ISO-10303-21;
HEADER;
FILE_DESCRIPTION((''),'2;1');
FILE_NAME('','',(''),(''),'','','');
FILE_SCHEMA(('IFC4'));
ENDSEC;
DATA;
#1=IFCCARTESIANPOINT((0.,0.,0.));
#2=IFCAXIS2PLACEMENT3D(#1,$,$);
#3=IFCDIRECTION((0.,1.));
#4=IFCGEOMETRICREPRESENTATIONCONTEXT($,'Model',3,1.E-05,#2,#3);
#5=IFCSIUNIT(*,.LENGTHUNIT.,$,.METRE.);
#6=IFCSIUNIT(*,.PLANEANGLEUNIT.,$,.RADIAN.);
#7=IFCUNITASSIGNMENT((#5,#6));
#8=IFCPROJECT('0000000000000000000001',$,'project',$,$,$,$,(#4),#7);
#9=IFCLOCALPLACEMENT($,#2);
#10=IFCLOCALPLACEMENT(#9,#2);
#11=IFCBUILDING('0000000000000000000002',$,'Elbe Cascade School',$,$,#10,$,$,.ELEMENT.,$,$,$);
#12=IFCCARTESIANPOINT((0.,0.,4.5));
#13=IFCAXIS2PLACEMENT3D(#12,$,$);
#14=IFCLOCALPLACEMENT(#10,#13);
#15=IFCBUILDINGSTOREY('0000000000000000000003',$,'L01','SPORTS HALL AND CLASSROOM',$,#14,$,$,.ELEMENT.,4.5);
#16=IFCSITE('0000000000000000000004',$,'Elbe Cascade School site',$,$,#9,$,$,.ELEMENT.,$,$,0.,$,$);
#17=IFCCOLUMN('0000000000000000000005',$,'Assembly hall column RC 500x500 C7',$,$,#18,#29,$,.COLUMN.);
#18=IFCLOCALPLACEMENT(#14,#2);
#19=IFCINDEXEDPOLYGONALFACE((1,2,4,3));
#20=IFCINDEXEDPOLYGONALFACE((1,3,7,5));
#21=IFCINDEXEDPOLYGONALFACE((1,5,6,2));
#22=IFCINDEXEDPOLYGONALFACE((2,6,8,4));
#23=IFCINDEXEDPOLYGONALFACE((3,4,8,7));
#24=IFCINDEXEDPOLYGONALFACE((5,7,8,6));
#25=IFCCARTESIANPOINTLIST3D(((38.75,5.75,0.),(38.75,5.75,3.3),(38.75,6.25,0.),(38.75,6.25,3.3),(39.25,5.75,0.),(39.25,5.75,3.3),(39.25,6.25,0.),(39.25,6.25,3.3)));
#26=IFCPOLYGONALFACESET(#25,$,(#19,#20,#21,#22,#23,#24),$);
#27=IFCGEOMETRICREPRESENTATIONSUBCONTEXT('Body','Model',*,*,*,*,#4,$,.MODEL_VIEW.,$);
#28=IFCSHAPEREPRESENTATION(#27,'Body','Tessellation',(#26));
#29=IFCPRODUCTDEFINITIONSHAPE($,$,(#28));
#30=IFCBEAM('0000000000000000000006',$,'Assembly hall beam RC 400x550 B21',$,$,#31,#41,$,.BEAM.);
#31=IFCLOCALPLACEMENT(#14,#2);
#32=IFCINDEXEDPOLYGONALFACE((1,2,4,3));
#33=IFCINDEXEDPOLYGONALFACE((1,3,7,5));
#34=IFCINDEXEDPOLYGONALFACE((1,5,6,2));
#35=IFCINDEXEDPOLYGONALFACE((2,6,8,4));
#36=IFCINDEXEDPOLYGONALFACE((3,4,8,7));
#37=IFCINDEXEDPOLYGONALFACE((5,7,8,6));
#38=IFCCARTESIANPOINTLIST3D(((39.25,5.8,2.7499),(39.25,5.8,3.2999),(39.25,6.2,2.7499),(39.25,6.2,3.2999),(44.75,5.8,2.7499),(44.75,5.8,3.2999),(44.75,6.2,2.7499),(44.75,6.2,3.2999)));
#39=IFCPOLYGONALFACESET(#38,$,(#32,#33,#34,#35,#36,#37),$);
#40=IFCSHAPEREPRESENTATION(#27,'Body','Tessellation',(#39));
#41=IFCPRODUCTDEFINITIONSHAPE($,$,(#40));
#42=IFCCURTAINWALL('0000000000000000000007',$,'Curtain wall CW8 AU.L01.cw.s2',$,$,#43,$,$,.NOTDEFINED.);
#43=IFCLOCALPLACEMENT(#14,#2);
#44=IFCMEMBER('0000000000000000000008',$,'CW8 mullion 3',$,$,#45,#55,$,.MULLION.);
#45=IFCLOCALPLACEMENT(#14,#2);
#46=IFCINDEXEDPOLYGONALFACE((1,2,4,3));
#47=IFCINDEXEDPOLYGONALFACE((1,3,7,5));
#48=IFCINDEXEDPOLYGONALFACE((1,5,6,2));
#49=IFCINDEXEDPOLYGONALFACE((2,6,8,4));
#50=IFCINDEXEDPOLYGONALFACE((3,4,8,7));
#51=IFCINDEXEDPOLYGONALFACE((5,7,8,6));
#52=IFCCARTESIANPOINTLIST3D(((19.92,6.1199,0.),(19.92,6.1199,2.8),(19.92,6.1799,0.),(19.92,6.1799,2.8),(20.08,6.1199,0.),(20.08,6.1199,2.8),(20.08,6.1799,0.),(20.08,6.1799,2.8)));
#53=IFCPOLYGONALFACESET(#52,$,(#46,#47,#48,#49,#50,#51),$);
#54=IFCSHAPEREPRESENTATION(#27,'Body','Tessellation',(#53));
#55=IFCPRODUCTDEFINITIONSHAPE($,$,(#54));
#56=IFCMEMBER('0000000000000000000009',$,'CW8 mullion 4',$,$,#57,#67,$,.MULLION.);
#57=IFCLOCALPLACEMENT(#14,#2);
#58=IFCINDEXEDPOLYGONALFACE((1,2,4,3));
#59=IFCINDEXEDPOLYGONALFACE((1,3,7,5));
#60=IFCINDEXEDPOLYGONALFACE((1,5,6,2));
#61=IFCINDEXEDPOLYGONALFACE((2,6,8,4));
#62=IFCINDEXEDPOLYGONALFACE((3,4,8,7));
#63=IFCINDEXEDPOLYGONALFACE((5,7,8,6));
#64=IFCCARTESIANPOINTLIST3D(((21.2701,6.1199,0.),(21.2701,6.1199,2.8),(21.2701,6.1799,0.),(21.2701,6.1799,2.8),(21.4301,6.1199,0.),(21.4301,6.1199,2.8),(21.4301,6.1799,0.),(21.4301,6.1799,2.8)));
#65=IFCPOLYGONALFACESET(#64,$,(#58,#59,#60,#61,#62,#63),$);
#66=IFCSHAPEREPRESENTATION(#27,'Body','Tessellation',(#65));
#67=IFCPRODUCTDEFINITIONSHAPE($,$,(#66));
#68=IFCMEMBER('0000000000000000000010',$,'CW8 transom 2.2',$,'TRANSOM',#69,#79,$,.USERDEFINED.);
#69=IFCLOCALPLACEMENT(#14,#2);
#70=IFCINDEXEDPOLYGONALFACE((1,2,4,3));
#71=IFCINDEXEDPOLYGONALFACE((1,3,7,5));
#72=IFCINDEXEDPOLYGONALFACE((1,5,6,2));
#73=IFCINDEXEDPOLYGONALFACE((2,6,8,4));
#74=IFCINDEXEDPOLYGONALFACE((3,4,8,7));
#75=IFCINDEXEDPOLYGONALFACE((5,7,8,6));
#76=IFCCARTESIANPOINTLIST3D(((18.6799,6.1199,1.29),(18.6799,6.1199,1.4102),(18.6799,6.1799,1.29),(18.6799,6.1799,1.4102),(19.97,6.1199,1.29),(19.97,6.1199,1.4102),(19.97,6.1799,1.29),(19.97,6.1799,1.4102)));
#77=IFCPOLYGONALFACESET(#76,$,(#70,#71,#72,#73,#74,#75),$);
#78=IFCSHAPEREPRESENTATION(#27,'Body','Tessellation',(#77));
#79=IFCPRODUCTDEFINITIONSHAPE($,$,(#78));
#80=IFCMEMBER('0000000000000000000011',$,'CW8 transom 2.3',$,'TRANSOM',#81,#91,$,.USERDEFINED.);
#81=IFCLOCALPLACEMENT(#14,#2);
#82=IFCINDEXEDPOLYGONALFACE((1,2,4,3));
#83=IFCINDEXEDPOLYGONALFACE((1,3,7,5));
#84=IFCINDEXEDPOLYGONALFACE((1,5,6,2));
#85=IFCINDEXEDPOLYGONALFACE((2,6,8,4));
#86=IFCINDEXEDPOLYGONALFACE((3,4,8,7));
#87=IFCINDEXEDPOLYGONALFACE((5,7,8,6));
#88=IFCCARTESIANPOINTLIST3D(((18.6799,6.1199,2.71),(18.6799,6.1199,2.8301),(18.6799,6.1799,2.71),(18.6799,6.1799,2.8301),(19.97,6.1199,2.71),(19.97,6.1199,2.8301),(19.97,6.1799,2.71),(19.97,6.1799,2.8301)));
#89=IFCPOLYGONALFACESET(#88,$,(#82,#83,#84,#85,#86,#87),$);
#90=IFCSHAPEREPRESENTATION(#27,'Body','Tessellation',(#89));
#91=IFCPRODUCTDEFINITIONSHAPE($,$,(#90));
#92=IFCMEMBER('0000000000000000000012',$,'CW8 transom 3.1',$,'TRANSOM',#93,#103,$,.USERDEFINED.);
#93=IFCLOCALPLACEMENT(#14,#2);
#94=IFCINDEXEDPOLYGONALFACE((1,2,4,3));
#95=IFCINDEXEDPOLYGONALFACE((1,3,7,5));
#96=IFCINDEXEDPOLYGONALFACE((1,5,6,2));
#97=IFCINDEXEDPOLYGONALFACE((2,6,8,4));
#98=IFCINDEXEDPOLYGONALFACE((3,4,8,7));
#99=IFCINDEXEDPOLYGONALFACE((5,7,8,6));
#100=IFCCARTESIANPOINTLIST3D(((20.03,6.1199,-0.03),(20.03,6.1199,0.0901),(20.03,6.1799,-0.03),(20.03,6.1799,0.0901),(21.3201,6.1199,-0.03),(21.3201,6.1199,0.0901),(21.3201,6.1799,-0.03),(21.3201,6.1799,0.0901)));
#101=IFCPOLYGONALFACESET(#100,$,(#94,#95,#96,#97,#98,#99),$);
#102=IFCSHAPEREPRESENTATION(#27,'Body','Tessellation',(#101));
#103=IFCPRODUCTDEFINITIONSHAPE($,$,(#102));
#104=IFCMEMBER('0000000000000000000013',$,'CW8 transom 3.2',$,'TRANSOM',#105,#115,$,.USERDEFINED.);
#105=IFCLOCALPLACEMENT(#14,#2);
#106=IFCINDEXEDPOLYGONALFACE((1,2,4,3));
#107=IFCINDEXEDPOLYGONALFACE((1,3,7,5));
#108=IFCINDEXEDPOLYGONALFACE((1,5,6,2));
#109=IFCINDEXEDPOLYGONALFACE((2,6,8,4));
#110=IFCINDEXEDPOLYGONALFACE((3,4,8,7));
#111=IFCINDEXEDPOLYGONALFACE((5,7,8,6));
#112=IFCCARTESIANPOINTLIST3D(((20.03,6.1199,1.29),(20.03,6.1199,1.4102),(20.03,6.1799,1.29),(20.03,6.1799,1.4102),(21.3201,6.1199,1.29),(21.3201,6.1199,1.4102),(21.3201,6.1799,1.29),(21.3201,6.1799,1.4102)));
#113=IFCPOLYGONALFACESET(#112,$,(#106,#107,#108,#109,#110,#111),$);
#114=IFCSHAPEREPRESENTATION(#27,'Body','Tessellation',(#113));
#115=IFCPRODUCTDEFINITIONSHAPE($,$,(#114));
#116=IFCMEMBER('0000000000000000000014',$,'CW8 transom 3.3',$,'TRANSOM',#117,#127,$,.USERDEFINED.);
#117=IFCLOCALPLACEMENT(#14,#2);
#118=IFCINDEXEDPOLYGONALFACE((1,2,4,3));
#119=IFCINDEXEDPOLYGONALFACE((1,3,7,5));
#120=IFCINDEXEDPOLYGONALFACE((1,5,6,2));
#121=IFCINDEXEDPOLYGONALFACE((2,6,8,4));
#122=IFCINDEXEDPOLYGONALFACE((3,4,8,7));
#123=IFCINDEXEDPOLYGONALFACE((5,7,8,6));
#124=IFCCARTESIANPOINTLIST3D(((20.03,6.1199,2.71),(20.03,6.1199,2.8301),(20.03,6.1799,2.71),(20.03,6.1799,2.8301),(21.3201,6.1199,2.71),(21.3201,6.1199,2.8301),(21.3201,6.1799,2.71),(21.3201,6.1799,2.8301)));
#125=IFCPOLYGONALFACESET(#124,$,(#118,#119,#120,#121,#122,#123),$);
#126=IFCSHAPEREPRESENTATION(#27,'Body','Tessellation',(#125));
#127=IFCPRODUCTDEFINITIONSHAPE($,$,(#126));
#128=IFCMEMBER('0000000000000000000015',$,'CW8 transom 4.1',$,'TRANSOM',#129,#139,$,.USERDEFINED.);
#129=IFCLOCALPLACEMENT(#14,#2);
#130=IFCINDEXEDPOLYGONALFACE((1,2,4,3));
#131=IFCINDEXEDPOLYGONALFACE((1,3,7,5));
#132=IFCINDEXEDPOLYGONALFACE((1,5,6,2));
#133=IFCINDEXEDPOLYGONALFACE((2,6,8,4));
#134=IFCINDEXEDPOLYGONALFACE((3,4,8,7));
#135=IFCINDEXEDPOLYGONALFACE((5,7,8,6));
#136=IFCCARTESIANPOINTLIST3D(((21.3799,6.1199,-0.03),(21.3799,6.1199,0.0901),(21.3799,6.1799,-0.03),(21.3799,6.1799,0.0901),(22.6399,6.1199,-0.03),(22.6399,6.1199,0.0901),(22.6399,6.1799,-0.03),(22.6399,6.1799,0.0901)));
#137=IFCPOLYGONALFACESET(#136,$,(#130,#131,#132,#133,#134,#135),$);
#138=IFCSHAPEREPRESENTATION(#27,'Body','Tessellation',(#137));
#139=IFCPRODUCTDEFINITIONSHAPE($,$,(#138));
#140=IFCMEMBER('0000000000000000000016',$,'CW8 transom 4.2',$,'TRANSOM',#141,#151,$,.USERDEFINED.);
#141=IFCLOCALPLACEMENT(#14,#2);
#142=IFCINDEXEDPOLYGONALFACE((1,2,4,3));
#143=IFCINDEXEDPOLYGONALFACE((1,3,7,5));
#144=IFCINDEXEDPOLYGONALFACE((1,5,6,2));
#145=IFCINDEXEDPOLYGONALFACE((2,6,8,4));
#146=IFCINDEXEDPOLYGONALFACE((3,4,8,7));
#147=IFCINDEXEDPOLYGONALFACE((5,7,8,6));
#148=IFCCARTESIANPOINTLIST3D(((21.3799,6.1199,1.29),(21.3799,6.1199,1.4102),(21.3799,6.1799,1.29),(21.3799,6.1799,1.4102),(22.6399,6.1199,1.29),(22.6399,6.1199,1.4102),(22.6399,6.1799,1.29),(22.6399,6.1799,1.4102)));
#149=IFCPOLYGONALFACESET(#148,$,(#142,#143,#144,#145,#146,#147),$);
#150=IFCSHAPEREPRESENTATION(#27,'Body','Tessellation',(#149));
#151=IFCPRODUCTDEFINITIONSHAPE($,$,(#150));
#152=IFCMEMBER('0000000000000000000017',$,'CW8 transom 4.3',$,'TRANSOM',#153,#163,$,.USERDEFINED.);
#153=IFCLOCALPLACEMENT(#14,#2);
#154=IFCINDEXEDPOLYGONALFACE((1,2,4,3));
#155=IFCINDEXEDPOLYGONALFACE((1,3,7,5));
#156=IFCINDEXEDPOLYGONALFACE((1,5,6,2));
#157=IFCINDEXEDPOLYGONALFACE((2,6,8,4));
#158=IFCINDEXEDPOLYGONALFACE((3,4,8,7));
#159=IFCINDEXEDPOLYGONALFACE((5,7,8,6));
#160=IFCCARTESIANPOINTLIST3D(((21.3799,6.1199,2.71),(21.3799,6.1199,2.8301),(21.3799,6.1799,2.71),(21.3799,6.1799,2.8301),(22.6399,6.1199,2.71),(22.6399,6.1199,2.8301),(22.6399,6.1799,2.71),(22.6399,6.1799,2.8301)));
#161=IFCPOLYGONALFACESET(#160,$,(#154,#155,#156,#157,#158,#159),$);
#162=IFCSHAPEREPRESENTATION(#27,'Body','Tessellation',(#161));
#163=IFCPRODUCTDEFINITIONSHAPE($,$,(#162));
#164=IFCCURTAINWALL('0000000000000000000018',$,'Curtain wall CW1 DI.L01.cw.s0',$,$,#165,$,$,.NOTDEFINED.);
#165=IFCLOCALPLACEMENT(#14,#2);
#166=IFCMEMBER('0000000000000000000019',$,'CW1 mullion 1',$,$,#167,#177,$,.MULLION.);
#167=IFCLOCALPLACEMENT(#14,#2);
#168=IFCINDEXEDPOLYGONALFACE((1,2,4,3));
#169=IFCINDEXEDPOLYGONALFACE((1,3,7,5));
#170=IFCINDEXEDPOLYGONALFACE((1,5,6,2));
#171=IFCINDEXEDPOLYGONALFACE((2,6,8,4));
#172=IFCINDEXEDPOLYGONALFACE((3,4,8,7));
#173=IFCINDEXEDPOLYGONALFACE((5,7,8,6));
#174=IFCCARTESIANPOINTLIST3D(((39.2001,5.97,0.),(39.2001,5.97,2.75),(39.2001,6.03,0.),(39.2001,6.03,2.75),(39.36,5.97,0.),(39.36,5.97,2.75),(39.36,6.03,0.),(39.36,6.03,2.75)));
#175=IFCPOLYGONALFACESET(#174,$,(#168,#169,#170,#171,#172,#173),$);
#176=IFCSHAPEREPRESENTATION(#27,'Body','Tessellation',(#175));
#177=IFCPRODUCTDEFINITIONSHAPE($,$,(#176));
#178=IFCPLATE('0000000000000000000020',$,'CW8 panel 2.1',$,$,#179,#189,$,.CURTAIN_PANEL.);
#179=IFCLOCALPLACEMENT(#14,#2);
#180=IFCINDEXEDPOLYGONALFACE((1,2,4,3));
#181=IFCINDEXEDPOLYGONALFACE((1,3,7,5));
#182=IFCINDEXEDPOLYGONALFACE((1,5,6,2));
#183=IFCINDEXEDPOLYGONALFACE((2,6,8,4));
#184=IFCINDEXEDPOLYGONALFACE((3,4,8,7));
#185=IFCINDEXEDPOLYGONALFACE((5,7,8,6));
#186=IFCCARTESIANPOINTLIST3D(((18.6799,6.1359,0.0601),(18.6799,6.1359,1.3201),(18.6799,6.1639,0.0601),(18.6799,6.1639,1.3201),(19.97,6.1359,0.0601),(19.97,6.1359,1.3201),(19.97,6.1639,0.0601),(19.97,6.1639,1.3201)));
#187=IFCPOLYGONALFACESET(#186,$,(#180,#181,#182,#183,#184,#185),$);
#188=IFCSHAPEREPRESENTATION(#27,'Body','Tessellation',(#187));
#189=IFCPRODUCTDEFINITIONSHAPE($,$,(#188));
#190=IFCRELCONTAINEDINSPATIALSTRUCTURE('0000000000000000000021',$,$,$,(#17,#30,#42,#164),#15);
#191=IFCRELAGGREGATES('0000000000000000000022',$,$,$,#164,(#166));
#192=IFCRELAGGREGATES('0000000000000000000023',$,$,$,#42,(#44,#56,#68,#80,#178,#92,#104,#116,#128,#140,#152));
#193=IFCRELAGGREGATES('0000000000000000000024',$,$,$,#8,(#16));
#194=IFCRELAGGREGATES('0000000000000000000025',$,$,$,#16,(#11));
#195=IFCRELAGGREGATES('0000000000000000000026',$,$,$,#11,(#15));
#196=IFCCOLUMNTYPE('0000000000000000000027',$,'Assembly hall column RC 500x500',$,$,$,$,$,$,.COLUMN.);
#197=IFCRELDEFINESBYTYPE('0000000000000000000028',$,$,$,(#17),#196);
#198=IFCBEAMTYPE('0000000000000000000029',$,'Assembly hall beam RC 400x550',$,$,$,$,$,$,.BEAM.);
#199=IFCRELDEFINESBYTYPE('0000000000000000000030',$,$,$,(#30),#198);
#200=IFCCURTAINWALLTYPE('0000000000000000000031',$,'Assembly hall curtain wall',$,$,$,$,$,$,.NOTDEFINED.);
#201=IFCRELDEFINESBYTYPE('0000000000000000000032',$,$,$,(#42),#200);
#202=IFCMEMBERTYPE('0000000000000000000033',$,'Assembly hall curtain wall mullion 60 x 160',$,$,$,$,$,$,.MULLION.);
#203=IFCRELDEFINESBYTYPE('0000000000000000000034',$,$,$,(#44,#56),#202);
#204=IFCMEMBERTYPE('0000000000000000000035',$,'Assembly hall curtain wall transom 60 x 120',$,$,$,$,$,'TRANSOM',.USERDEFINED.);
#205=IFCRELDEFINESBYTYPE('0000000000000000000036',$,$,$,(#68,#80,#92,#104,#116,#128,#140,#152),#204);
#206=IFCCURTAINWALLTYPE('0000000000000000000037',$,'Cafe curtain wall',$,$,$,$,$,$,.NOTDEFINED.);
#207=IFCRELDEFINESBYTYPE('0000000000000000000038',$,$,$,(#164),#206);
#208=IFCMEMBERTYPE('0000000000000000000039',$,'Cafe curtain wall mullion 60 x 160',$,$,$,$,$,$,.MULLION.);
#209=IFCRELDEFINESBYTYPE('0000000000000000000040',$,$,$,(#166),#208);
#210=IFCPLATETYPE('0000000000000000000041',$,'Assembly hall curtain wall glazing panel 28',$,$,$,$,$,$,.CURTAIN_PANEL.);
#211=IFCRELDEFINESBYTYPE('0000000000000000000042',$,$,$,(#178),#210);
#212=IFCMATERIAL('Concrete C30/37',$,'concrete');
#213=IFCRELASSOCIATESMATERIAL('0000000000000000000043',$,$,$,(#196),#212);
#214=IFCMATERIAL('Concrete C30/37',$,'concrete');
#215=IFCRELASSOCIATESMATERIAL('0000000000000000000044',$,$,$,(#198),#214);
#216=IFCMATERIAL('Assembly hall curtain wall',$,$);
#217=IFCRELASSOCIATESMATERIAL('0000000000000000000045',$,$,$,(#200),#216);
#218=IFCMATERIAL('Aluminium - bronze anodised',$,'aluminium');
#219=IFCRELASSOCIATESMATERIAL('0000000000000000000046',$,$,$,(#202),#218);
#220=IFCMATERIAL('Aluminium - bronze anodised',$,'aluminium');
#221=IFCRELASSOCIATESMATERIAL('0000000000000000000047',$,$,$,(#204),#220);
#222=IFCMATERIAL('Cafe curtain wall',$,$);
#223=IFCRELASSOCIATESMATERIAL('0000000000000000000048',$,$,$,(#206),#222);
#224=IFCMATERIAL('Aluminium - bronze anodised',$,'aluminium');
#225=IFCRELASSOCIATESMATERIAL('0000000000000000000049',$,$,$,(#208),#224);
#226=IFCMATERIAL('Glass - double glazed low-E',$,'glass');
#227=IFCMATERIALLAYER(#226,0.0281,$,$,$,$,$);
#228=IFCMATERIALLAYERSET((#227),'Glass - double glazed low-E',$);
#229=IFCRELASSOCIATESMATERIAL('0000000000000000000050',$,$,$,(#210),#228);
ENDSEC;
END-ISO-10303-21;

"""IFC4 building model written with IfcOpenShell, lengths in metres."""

from ifc_helpers import new_model, si_unit, direction, frame, origin, origin_2d, place, context, subcontext, project, spatial, rectangle, extrude, material, layer, layer_set, material_profile, profile_set, type_object, element, aggregate, save


model = new_model("IFC4")

# Units and contexts
model_context = context("Model", 3, precision=1e-05, world=origin(), true_north=direction((0.0, 1.0)))
body_context = subcontext(model_context, "Body", "Model", "MODEL_VIEW")
ifc_project = project(units=[si_unit("LENGTHUNIT", "METRE"), si_unit("PLANEANGLEUNIT", "RADIAN")], contexts=[model_context])

# Site, building, storey
site_placement = place(None, origin())
site = spatial("IfcSite", under=ifc_project, at=site_placement, Name="Elbe Cascade School site", CompositionType="ELEMENT", RefElevation=0.0)
building_placement = place(site_placement, origin())
building = spatial("IfcBuilding", under=site, at=building_placement, Name="Elbe Cascade School", CompositionType="ELEMENT")
storey_placement = place(building_placement, frame((0.0, 0.0, 4.5)))
storey = spatial("IfcBuildingStorey", under=building, at=storey_placement, Name="L01", Description="SPORTS HALL AND CLASSROOM", CompositionType="ELEMENT", Elevation=4.5)

# Column
ifc_material_1 = material(Name="Concrete C30/37", Category="concrete")
ifc_material_profile_1 = material_profile(ifc_material_1, rectangle(XDim=0.5, YDim=0.5, at=origin_2d()), Name="RC 500x500")
ifc_profile_set_1 = profile_set([ifc_material_profile_1], Name="Concrete C30/37")
column_type = type_object("IfcColumnType", Name="Assembly hall column RC 500x500", PredefinedType="COLUMN", material=ifc_profile_set_1)
column_placement = place(storey_placement, frame((39.0, 6.0, 0.0), z_axis=(0.0, 0.0, 1.0), x_axis=(1.0, 0.0, 0.0)))
element("IfcColumn", 1, at=column_placement, inside=storey, type_object=column_type, Name="Assembly hall column RC 500x500 C7", PredefinedType="COLUMN", context=body_context, shape_type="SweptSolid", body=[
    extrude(rectangle(XDim=0.5, YDim=0.5, at=origin_2d()), origin(), (0.0, 0.0, 1.0), 3.3),
])

# Beam
ifc_material_2 = material(Name="Concrete C30/37", Category="concrete")
ifc_material_profile_2 = material_profile(ifc_material_2, rectangle(XDim=0.3999, YDim=0.55, at=origin_2d()), Name="RC 400x550")
ifc_profile_set_2 = profile_set([ifc_material_profile_2], Name="Concrete C30/37")
beam_type = type_object("IfcBeamType", Name="Assembly hall beam RC 400x550", PredefinedType="BEAM", material=ifc_profile_set_2)
beam_placement = place(storey_placement, frame((39.25, 6.0, 3.0249), z_axis=(1.0, 0.0, 0.0), x_axis=(0.0, 1.0, 0.0)))
element("IfcBeam", 2, at=beam_placement, inside=storey, type_object=beam_type, Name="Assembly hall beam RC 400x550 B21", PredefinedType="BEAM", context=body_context, shape_type="SweptSolid", body=[
    extrude(rectangle(XDim=0.3999, YDim=0.55, at=origin_2d()), origin(), (0.0, 0.0, 1.0), 5.5),
])

# Curtain wall, members
ifc_material_3 = material(Name="Assembly hall curtain wall")
curtain_wall_type_1 = type_object("IfcCurtainWallType", Name="Assembly hall curtain wall", PredefinedType="NOTDEFINED", material=ifc_material_3)
curtain_wall_1_placement = place(storey_placement, origin())
curtain_wall_1 = element("IfcCurtainWall", 3, at=curtain_wall_1_placement, inside=storey, type_object=curtain_wall_type_1, Name="Curtain wall CW8 AU.L01.cw.s2", PredefinedType="NOTDEFINED")
ifc_material_4 = material(Name="Aluminium - bronze anodised", Category="aluminium")
ifc_material_profile_3 = material_profile(ifc_material_4, rectangle(XDim=0.0601, YDim=0.1599, at=origin_2d()), Name="RECT 60x160")
ifc_profile_set_3 = profile_set([ifc_material_profile_3], Name="Aluminium - bronze anodised")
member_type_1 = type_object("IfcMemberType", Name="Assembly hall curtain wall mullion 60 x 160", PredefinedType="MULLION", material=ifc_profile_set_3)
member_1_placement = place(storey_placement, frame((20.0, 6.1499, 0.0), z_axis=(0.0, 0.0, 1.0), x_axis=(0.0, 1.0, 0.0)))
member_1 = element("IfcMember", 4, at=member_1_placement, type_object=member_type_1, Name="CW8 mullion 3", PredefinedType="MULLION", context=body_context, shape_type="SweptSolid", body=[
    extrude(rectangle(XDim=0.0601, YDim=0.1599, at=origin_2d()), origin(), (0.0, 0.0, 1.0), 2.8),
])
member_2_placement = place(storey_placement, frame((21.3501, 6.1499, 0.0), z_axis=(0.0, 0.0, 1.0), x_axis=(0.0, 1.0, 0.0)))
member_2 = element("IfcMember", 5, at=member_2_placement, type_object=member_type_1, Name="CW8 mullion 4", PredefinedType="MULLION", context=body_context, shape_type="SweptSolid", body=[
    extrude(rectangle(XDim=0.0601, YDim=0.1599, at=origin_2d()), origin(), (0.0, 0.0, 1.0), 2.8),
])
ifc_material_5 = material(Name="Aluminium - bronze anodised", Category="aluminium")
ifc_material_profile_4 = material_profile(ifc_material_5, rectangle(XDim=0.0601, YDim=0.1201, at=origin_2d()), Name="RECT 60x120")
ifc_profile_set_4 = profile_set([ifc_material_profile_4], Name="Aluminium - bronze anodised")
member_type_2 = type_object("IfcMemberType", Name="Assembly hall curtain wall transom 60 x 120", ElementType="TRANSOM", PredefinedType="USERDEFINED", material=ifc_profile_set_4)
member_3_placement = place(storey_placement, frame((18.6799, 6.1499, 1.3501), z_axis=(1.0, 0.0, 0.0), x_axis=(0.0, 1.0, 0.0)))
member_3 = element("IfcMember", 6, at=member_3_placement, type_object=member_type_2, Name="CW8 transom 2.2", ObjectType="TRANSOM", PredefinedType="USERDEFINED", context=body_context, shape_type="SweptSolid", body=[
    extrude(rectangle(XDim=0.0601, YDim=0.1201, at=origin_2d()), origin(), (0.0, 0.0, 1.0), 1.29),
])
member_4_placement = place(storey_placement, frame((18.6799, 6.1499, 2.77), z_axis=(1.0, 0.0, 0.0), x_axis=(0.0, 1.0, 0.0)))
member_4 = element("IfcMember", 7, at=member_4_placement, type_object=member_type_2, Name="CW8 transom 2.3", ObjectType="TRANSOM", PredefinedType="USERDEFINED", context=body_context, shape_type="SweptSolid", body=[
    extrude(rectangle(XDim=0.0601, YDim=0.1201, at=origin_2d()), origin(), (0.0, 0.0, 1.0), 1.29),
])
member_5_placement = place(storey_placement, frame((20.03, 6.1499, 0.03), z_axis=(1.0, 0.0, 0.0), x_axis=(0.0, 1.0, 0.0)))
member_5 = element("IfcMember", 8, at=member_5_placement, type_object=member_type_2, Name="CW8 transom 3.1", ObjectType="TRANSOM", PredefinedType="USERDEFINED", context=body_context, shape_type="SweptSolid", body=[
    extrude(rectangle(XDim=0.0601, YDim=0.1201, at=origin_2d()), origin(), (0.0, 0.0, 1.0), 1.29),
])
member_6_placement = place(storey_placement, frame((20.03, 6.1499, 1.3501), z_axis=(1.0, 0.0, 0.0), x_axis=(0.0, 1.0, 0.0)))
member_6 = element("IfcMember", 9, at=member_6_placement, type_object=member_type_2, Name="CW8 transom 3.2", ObjectType="TRANSOM", PredefinedType="USERDEFINED", context=body_context, shape_type="SweptSolid", body=[
    extrude(rectangle(XDim=0.0601, YDim=0.1201, at=origin_2d()), origin(), (0.0, 0.0, 1.0), 1.29),
])
member_7_placement = place(storey_placement, frame((20.03, 6.1499, 2.77), z_axis=(1.0, 0.0, 0.0), x_axis=(0.0, 1.0, 0.0)))
member_7 = element("IfcMember", 10, at=member_7_placement, type_object=member_type_2, Name="CW8 transom 3.3", ObjectType="TRANSOM", PredefinedType="USERDEFINED", context=body_context, shape_type="SweptSolid", body=[
    extrude(rectangle(XDim=0.0601, YDim=0.1201, at=origin_2d()), origin(), (0.0, 0.0, 1.0), 1.29),
])
member_8_placement = place(storey_placement, frame((21.3799, 6.1499, 0.03), z_axis=(1.0, 0.0, 0.0), x_axis=(0.0, 1.0, 0.0)))
member_8 = element("IfcMember", 11, at=member_8_placement, type_object=member_type_2, Name="CW8 transom 4.1", ObjectType="TRANSOM", PredefinedType="USERDEFINED", context=body_context, shape_type="SweptSolid", body=[
    extrude(rectangle(XDim=0.0601, YDim=0.1201, at=origin_2d()), origin(), (0.0, 0.0, 1.0), 1.26),
])
member_9_placement = place(storey_placement, frame((21.3799, 6.1499, 1.3501), z_axis=(1.0, 0.0, 0.0), x_axis=(0.0, 1.0, 0.0)))
member_9 = element("IfcMember", 12, at=member_9_placement, type_object=member_type_2, Name="CW8 transom 4.2", ObjectType="TRANSOM", PredefinedType="USERDEFINED", context=body_context, shape_type="SweptSolid", body=[
    extrude(rectangle(XDim=0.0601, YDim=0.1201, at=origin_2d()), origin(), (0.0, 0.0, 1.0), 1.26),
])
member_10_placement = place(storey_placement, frame((21.3799, 6.1499, 2.77), z_axis=(1.0, 0.0, 0.0), x_axis=(0.0, 1.0, 0.0)))
member_10 = element("IfcMember", 13, at=member_10_placement, type_object=member_type_2, Name="CW8 transom 4.3", ObjectType="TRANSOM", PredefinedType="USERDEFINED", context=body_context, shape_type="SweptSolid", body=[
    extrude(rectangle(XDim=0.0601, YDim=0.1201, at=origin_2d()), origin(), (0.0, 0.0, 1.0), 1.26),
])

# Curtain wall, member
ifc_material_6 = material(Name="Cafe curtain wall")
curtain_wall_type_2 = type_object("IfcCurtainWallType", Name="Cafe curtain wall", PredefinedType="NOTDEFINED", material=ifc_material_6)
curtain_wall_2_placement = place(storey_placement, origin())
curtain_wall_2 = element("IfcCurtainWall", 14, at=curtain_wall_2_placement, inside=storey, type_object=curtain_wall_type_2, Name="Curtain wall CW1 DI.L01.cw.s0", PredefinedType="NOTDEFINED")
ifc_material_7 = material(Name="Aluminium - bronze anodised", Category="aluminium")
ifc_material_profile_5 = material_profile(ifc_material_7, rectangle(XDim=0.0601, YDim=0.1599, at=origin_2d()), Name="RECT 60x160")
ifc_profile_set_5 = profile_set([ifc_material_profile_5], Name="Aluminium - bronze anodised")
member_type_3 = type_object("IfcMemberType", Name="Cafe curtain wall mullion 60 x 160", PredefinedType="MULLION", material=ifc_profile_set_5)
member_11_placement = place(storey_placement, frame((39.28, 6.0, 0.0), z_axis=(0.0, 0.0, 1.0), x_axis=(0.0, 1.0, 0.0)))
member_11 = element("IfcMember", 15, at=member_11_placement, type_object=member_type_3, Name="CW1 mullion 1", PredefinedType="MULLION", context=body_context, shape_type="SweptSolid", body=[
    extrude(rectangle(XDim=0.0601, YDim=0.1599, at=origin_2d()), origin(), (0.0, 0.0, 1.0), 2.75),
])
aggregate(curtain_wall_2, [member_11])

# Plate
ifc_material_8 = material(Name="Glass - double glazed low-E", Category="glass")
ifc_layer = layer(ifc_material_8, 0.0281)
ifc_layer_set = layer_set([ifc_layer], Name="Glass - double glazed low-E")
plate_type = type_object("IfcPlateType", Name="Assembly hall curtain wall glazing panel 28", PredefinedType="CURTAIN_PANEL", material=ifc_layer_set)
plate_1_placement = place(storey_placement, frame((19.325, 6.1499, 0.0601), z_axis=(0.0, 0.0, 1.0), x_axis=(1.0, 0.0, 0.0)))
plate_1 = element("IfcPlate", 16, at=plate_1_placement, type_object=plate_type, Name="CW8 panel 2.1", PredefinedType="CURTAIN_PANEL", context=body_context, shape_type="SweptSolid", body=[
    extrude(rectangle(XDim=1.29, YDim=0.0281, at=origin_2d()), origin(), (0.0, 0.0, 1.0), 1.26),
])
aggregate(curtain_wall_1, [member_1, member_2, member_3, member_4, plate_1, member_5, member_6, member_7, member_8, member_9, member_10])

save(model, "model.ifc")
